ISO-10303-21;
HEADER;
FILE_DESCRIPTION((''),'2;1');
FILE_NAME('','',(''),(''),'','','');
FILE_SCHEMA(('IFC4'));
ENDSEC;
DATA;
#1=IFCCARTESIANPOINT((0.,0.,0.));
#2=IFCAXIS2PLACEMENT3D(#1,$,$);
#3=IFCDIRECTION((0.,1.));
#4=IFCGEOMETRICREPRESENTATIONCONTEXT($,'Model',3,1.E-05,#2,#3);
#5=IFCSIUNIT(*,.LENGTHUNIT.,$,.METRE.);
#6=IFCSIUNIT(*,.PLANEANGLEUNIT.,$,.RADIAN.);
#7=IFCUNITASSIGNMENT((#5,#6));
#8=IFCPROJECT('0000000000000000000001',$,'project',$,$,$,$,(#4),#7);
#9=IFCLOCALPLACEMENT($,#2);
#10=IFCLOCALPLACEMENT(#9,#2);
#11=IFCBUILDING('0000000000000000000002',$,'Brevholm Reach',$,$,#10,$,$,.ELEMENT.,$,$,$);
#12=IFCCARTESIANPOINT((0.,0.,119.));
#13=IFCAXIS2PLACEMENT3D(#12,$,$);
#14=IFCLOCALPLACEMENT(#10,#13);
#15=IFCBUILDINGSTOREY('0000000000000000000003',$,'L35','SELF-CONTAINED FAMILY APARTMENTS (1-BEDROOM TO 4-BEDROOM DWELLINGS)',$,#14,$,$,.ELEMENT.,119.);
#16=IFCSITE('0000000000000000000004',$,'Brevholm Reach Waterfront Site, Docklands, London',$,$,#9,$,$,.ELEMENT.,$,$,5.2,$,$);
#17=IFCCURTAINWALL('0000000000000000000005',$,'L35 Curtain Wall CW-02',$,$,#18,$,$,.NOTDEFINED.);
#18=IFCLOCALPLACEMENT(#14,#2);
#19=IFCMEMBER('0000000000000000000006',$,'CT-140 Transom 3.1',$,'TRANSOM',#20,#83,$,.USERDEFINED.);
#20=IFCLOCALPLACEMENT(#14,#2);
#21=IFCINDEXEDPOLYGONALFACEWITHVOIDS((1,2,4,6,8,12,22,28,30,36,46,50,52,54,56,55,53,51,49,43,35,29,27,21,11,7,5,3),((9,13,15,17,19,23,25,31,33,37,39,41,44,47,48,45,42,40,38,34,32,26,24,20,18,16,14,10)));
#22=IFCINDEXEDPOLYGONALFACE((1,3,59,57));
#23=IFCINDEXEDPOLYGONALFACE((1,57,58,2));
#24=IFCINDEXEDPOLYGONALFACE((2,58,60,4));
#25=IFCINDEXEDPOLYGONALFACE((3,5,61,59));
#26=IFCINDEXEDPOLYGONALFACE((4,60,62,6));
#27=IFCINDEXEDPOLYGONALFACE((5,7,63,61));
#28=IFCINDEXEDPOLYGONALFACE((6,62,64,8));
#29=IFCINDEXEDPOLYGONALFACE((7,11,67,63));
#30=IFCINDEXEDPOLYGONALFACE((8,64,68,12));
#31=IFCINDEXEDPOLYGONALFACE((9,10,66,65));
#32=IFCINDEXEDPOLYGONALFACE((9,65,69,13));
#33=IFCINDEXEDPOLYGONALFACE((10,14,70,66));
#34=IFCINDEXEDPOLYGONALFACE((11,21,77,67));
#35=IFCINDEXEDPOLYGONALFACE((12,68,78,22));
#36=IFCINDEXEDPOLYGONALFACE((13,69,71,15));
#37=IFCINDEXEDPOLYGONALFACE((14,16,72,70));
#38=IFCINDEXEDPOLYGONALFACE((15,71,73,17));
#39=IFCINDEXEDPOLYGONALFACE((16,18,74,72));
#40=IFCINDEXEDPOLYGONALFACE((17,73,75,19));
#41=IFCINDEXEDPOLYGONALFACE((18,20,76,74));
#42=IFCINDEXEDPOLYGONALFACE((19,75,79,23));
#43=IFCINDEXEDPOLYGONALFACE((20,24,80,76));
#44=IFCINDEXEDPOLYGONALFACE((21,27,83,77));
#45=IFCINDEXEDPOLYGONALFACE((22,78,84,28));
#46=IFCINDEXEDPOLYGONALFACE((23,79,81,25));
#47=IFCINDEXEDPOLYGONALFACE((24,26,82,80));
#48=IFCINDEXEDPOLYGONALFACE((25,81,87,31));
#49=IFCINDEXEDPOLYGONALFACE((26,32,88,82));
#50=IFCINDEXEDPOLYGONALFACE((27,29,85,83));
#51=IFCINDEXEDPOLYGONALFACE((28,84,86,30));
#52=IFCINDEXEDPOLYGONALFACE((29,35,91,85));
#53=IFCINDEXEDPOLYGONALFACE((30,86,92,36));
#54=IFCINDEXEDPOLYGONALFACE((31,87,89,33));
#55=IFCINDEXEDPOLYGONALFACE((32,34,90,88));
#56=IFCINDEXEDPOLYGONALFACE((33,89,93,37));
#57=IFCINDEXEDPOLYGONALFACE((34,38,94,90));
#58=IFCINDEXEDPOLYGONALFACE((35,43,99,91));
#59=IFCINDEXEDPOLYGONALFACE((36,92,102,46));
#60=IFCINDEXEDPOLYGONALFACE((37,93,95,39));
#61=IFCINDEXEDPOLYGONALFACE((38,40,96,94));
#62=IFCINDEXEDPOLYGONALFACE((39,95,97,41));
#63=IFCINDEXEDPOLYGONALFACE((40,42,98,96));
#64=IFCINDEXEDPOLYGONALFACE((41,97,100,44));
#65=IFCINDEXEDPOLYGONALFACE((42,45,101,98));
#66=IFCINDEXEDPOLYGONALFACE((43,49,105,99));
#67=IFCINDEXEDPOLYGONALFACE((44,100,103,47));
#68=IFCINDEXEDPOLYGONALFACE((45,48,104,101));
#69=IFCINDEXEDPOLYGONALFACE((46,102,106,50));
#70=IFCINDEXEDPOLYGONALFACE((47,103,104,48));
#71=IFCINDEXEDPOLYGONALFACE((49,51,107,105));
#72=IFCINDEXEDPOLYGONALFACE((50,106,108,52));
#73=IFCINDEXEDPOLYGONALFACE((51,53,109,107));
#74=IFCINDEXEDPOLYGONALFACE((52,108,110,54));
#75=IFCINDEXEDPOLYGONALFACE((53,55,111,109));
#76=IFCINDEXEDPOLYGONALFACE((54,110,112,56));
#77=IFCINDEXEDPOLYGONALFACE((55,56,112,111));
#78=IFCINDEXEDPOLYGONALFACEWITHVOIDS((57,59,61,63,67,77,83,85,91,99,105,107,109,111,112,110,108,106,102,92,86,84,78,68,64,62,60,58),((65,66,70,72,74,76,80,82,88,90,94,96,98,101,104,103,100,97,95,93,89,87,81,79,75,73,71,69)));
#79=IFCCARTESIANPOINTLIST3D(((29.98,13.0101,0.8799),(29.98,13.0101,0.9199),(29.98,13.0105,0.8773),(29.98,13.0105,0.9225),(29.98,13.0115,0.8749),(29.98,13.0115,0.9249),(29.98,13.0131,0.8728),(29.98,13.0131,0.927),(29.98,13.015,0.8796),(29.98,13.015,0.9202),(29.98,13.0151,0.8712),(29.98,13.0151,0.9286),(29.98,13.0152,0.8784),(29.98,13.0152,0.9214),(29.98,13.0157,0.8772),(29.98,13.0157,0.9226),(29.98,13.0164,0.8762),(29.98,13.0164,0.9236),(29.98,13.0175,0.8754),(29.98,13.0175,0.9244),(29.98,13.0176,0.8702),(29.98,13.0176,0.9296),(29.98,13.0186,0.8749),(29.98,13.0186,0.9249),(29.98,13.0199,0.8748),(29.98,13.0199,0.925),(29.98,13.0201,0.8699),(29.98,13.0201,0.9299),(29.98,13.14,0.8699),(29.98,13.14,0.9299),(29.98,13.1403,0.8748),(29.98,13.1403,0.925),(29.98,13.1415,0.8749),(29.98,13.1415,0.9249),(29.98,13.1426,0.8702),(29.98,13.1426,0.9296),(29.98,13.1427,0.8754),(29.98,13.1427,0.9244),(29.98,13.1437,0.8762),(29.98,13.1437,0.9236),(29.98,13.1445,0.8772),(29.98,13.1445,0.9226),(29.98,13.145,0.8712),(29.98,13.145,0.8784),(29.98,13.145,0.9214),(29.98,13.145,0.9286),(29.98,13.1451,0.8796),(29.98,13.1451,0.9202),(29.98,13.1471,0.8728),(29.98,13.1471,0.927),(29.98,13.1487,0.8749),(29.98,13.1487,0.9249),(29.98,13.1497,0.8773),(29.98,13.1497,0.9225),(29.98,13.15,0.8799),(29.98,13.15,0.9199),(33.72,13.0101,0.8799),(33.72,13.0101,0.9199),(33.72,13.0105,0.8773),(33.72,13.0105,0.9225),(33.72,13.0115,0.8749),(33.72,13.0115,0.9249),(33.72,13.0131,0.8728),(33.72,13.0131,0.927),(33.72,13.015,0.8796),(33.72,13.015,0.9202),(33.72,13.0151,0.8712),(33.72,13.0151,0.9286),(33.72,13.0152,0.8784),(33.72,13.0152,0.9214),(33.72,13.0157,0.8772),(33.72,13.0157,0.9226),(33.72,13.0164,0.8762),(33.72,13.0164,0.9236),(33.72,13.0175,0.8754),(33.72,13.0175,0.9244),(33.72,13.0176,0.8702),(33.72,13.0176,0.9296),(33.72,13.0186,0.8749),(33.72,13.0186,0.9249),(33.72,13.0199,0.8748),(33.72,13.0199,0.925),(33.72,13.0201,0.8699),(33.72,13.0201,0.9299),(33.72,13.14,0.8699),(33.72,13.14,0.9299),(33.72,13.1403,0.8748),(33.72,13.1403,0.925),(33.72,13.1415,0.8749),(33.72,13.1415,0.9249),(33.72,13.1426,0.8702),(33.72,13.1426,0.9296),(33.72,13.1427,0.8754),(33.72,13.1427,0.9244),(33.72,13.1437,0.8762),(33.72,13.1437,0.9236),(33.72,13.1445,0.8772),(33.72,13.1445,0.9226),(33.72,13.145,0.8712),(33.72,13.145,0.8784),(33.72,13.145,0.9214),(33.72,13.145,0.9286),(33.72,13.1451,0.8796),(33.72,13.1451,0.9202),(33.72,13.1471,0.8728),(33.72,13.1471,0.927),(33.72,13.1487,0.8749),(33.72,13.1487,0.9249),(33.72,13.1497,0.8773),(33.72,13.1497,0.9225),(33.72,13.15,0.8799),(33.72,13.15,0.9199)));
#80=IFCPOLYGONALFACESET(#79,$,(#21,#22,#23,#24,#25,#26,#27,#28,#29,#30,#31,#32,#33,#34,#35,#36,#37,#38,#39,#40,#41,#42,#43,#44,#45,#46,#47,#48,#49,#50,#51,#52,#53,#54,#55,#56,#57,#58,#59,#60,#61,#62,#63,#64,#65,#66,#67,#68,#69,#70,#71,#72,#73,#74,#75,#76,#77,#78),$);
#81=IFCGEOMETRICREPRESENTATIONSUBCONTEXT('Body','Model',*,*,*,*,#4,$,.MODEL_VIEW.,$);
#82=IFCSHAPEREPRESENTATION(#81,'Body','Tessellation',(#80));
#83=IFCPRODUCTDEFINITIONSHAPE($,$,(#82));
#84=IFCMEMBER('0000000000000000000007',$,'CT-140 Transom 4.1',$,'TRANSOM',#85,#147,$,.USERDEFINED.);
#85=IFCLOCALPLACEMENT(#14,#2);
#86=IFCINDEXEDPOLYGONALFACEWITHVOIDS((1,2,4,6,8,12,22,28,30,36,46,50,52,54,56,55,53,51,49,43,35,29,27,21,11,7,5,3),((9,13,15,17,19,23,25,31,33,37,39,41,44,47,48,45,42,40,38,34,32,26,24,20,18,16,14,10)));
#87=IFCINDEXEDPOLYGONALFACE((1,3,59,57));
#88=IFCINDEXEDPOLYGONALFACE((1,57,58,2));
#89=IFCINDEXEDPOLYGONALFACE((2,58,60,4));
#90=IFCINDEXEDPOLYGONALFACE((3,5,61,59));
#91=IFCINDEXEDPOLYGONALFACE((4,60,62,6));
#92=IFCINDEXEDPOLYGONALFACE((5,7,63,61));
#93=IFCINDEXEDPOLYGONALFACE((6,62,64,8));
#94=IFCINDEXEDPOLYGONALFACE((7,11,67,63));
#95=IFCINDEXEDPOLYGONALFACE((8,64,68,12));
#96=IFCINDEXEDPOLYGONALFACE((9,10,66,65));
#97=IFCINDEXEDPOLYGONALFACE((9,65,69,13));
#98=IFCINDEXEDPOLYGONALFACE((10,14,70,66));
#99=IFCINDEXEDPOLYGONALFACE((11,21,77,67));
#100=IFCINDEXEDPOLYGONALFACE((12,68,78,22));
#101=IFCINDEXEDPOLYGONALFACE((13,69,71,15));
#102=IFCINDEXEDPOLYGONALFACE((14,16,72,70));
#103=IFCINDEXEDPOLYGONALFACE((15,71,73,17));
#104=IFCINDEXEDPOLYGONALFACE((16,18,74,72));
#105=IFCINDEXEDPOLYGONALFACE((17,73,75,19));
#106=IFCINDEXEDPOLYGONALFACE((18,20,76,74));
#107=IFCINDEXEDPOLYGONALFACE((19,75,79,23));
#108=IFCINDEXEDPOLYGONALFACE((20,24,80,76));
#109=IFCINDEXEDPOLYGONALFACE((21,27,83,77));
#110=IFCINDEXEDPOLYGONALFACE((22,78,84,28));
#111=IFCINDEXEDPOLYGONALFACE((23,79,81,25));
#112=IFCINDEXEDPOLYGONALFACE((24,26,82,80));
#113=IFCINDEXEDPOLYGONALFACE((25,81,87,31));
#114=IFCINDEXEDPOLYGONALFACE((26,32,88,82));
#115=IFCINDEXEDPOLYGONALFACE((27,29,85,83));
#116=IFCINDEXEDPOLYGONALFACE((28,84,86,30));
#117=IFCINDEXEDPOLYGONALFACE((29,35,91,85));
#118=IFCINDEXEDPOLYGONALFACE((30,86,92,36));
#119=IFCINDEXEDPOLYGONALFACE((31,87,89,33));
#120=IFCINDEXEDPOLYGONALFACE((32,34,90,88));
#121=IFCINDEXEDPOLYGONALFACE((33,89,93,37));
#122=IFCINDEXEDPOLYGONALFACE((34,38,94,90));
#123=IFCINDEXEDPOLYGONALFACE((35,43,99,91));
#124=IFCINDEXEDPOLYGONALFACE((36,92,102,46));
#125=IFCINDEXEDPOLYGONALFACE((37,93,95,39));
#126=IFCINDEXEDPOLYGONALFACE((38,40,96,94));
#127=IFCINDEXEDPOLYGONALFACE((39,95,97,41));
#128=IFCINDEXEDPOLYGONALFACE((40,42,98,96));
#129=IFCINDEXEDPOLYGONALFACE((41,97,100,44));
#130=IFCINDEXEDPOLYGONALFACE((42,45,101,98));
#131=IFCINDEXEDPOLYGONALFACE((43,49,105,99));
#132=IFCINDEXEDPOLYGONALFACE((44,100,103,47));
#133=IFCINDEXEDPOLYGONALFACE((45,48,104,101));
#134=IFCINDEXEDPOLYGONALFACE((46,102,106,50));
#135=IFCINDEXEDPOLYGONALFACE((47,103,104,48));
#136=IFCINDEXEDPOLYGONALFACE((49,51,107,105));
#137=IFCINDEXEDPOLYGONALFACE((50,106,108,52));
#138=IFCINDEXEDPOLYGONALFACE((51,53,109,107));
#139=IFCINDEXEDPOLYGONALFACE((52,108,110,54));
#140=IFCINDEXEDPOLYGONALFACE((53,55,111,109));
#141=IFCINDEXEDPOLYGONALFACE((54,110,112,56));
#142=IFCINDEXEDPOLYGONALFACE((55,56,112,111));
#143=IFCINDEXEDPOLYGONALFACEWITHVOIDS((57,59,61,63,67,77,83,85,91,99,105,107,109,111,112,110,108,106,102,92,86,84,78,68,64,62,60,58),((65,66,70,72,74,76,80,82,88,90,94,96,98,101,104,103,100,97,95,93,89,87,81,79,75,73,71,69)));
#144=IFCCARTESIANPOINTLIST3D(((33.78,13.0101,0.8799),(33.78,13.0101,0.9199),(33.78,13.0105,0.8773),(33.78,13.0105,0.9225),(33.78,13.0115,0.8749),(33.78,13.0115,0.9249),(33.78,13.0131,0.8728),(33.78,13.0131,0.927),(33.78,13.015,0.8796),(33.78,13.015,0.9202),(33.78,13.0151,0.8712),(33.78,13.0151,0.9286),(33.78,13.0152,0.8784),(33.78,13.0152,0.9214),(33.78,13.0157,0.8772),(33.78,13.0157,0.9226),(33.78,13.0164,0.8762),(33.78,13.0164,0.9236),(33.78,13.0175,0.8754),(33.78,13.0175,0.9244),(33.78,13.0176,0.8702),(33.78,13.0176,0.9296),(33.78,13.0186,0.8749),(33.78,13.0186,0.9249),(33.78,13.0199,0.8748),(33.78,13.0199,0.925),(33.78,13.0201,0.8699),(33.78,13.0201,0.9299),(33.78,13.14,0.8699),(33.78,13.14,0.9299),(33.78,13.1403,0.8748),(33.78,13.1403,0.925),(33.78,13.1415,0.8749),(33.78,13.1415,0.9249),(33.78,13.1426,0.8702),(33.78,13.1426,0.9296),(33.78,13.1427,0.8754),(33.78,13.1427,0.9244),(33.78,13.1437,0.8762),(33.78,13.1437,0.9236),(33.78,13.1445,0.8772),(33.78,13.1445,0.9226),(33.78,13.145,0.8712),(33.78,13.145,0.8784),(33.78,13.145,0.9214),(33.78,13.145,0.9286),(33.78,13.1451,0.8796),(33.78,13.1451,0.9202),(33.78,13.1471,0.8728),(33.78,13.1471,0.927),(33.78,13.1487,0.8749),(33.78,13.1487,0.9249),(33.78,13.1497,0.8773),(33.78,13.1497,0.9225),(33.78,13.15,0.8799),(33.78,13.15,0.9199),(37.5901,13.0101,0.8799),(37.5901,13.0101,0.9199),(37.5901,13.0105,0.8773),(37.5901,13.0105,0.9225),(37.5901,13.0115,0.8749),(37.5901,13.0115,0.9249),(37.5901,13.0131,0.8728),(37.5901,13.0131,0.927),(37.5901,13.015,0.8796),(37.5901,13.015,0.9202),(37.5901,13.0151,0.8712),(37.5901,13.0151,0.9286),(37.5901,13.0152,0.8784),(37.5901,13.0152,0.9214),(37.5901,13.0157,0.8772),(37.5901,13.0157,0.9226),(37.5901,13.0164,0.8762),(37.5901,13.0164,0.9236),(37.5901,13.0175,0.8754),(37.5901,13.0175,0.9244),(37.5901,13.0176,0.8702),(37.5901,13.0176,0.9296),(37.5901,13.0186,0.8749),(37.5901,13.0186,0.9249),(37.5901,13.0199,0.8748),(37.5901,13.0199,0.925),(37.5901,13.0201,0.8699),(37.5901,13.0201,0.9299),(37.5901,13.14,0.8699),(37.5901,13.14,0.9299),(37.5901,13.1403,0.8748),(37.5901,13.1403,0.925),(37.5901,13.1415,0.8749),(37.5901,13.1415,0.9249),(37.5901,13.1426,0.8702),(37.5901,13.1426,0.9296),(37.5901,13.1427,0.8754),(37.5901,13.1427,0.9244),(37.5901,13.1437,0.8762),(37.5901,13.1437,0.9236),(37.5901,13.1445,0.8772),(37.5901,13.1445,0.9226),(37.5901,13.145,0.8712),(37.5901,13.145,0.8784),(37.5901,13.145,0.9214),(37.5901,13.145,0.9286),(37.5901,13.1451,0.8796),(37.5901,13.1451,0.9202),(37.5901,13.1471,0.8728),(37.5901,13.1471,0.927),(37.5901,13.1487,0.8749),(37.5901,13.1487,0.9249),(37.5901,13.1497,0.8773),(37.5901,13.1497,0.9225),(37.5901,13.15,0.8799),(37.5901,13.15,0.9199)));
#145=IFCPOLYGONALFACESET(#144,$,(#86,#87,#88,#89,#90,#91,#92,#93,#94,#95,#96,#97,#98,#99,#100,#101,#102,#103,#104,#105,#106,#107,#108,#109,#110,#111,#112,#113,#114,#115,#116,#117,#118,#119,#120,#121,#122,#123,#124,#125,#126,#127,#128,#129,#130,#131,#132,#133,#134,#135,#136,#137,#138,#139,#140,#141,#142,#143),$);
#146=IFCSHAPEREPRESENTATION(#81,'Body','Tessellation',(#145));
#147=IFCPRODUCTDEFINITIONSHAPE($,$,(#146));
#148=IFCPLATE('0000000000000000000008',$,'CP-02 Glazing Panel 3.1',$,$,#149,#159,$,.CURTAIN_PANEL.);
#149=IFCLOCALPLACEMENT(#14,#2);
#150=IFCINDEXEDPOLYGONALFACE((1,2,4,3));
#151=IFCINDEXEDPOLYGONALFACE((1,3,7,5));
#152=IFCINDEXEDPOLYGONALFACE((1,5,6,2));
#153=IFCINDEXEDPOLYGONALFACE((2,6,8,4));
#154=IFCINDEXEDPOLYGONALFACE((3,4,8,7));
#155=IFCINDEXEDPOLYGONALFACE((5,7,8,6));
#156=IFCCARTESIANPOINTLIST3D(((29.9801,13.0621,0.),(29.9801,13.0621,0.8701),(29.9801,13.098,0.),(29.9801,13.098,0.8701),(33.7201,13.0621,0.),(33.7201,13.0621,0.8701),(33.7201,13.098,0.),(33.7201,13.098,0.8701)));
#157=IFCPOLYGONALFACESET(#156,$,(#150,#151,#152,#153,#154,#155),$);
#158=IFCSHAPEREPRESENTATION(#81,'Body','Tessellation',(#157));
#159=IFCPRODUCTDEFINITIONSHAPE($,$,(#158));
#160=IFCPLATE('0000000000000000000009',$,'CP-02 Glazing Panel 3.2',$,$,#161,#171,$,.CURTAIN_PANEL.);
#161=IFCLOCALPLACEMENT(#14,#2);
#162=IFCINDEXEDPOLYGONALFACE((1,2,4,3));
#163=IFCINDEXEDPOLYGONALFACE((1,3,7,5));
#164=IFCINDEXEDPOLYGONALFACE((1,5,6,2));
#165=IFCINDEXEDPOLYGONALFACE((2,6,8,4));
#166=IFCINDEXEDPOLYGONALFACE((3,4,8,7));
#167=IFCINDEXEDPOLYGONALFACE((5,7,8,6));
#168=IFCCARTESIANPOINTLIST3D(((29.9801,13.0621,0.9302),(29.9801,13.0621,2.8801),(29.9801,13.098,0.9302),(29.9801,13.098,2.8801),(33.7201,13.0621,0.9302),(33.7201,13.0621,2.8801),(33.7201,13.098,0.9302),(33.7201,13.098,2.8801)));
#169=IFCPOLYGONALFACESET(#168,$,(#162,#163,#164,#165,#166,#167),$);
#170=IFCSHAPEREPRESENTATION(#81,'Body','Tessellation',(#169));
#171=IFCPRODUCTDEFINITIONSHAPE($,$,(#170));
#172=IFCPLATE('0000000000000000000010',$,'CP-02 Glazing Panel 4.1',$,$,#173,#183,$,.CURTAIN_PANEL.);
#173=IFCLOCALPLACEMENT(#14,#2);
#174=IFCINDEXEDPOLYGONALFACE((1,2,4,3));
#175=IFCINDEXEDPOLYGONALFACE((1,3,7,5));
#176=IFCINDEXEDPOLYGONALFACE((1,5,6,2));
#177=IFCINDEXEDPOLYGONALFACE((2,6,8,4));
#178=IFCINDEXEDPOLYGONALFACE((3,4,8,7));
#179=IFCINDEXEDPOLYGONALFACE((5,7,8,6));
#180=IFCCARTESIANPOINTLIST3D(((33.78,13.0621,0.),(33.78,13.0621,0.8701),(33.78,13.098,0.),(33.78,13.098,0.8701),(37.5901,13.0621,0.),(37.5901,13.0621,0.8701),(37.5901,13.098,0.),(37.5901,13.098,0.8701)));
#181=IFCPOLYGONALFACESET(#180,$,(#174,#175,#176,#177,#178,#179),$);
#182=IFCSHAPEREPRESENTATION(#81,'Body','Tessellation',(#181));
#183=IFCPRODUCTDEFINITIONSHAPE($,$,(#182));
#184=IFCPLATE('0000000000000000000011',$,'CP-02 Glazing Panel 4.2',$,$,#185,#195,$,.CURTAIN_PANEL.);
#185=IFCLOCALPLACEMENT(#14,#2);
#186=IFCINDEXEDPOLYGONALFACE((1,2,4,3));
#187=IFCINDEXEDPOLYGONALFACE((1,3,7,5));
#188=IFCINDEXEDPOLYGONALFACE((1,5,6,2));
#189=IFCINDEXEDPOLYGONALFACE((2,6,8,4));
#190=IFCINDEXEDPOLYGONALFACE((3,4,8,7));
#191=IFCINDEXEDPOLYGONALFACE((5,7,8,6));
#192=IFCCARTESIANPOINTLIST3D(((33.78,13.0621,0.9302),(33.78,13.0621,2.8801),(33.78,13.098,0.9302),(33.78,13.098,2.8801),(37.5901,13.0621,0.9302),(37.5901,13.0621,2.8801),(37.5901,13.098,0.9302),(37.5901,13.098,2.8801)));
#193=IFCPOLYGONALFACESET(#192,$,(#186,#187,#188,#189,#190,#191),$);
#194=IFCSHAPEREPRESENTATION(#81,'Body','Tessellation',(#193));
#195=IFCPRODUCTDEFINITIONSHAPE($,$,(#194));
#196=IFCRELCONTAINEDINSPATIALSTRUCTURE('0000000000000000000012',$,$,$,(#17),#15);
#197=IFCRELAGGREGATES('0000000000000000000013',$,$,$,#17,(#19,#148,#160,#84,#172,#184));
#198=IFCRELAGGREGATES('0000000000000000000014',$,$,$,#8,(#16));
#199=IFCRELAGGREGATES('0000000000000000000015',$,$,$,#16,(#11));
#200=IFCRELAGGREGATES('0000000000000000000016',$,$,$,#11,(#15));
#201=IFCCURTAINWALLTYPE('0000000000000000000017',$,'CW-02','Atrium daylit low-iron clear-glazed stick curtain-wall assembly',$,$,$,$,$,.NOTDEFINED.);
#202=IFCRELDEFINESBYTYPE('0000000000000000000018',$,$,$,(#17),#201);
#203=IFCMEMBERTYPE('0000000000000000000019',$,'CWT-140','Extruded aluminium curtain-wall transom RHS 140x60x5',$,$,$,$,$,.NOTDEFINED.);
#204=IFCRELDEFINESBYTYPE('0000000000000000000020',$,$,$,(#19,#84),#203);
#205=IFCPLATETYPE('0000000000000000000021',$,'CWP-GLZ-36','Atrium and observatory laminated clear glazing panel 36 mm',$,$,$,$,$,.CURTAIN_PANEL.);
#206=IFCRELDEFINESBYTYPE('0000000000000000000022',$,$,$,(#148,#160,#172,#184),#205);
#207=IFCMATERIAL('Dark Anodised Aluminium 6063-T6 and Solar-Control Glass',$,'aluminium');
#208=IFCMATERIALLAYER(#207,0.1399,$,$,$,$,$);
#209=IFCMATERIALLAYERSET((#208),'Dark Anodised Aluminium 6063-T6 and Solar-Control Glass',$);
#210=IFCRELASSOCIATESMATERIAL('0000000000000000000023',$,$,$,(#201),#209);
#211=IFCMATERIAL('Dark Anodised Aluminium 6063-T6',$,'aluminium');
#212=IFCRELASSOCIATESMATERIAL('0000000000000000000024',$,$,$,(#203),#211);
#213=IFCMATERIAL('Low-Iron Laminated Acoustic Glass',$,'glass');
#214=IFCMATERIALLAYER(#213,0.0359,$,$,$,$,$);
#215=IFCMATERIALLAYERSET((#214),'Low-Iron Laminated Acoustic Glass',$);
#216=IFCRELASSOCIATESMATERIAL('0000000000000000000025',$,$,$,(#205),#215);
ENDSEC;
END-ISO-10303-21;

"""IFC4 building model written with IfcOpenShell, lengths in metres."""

from ifc_helpers import new_model, si_unit, direction, frame, origin, origin_2d, place, context, subcontext, project, spatial, rectangle, hollow_rectangle, extrude, material, layer, layer_set, material_profile, profile_set, type_object, element, aggregate, save


model = new_model("IFC4")

# Units and contexts
model_context = context("Model", 3, precision=1e-05, world=origin(), true_north=direction((0.0, 1.0)))
body_context = subcontext(model_context, "Body", "Model", "MODEL_VIEW")
ifc_project = project(units=[si_unit("LENGTHUNIT", "METRE"), si_unit("PLANEANGLEUNIT", "RADIAN")], contexts=[model_context])

# Site, building, storey
site_placement = place(None, origin())
site = spatial("IfcSite", under=ifc_project, at=site_placement, Name="Brevholm Reach Waterfront Site, Docklands, London", CompositionType="ELEMENT", RefElevation=5.2)
building_placement = place(site_placement, origin())
building = spatial("IfcBuilding", under=site, at=building_placement, Name="Brevholm Reach", CompositionType="ELEMENT")
storey_placement = place(building_placement, frame((0.0, 0.0, 119.0)))
storey = spatial("IfcBuildingStorey", under=building, at=storey_placement, Name="L35", Description="SELF-CONTAINED FAMILY APARTMENTS (1-BEDROOM TO 4-BEDROOM DWELLINGS)", CompositionType="ELEMENT", Elevation=119.0)

# Curtain wall, members, plates
ifc_material_1 = material(Name="Dark Anodised Aluminium 6063-T6 and Solar-Control Glass", Category="aluminium")
ifc_layer_1 = layer(ifc_material_1, 0.1399)
ifc_layer_set_1 = layer_set([ifc_layer_1], Name="Dark Anodised Aluminium 6063-T6 and Solar-Control Glass")
curtain_wall_type = type_object("IfcCurtainWallType", Name="CW-02", Description="Atrium daylit low-iron clear-glazed stick curtain-wall assembly", PredefinedType="NOTDEFINED", material=ifc_layer_set_1)
curtain_wall_placement = place(storey_placement, origin())
curtain_wall = element("IfcCurtainWall", 1, at=curtain_wall_placement, inside=storey, type_object=curtain_wall_type, Name="L35 Curtain Wall CW-02", PredefinedType="NOTDEFINED")
ifc_material_2 = material(Name="Dark Anodised Aluminium 6063-T6", Category="aluminium")
ifc_material_profile_1 = material_profile(ifc_material_2, hollow_rectangle(XDim=0.0601, YDim=0.1399, WallThickness=0.0049, InnerFilletRadius=0.0049, OuterFilletRadius=0.01, at=origin_2d()), Name="RHS 140x60x5")
ifc_profile_set_1 = profile_set([ifc_material_profile_1], Name="Dark Anodised Aluminium 6063-T6")
member_type_1 = type_object("IfcMemberType", Name="CWT-140", Description="Extruded aluminium curtain-wall transom RHS 140x60x5", PredefinedType="NOTDEFINED", material=ifc_profile_set_1)
member_1_placement = place(storey_placement, frame((29.98, 13.0801, 0.8999), z_axis=(1.0, 0.0, 0.0), x_axis=(0.0, 0.0, 1.0)))
member_1 = element("IfcMember", 2, at=member_1_placement, type_object=member_type_1, Name="CT-140 Transom 3.1", ObjectType="TRANSOM", PredefinedType="USERDEFINED", context=body_context, shape_type="SweptSolid", body=[
    extrude(hollow_rectangle(XDim=0.0601, YDim=0.1399, WallThickness=0.0049, InnerFilletRadius=0.0049, OuterFilletRadius=0.01, at=origin_2d()), origin(), (0.0, 0.0, 1.0), 3.74),
])
member_2_placement = place(storey_placement, frame((33.78, 13.0801, 0.8999), z_axis=(1.0, 0.0, 0.0), x_axis=(0.0, 0.0, 1.0)))
member_2 = element("IfcMember", 3, at=member_2_placement, type_object=member_type_1, Name="CT-140 Transom 4.1", ObjectType="TRANSOM", PredefinedType="USERDEFINED", context=body_context, shape_type="SweptSolid", body=[
    extrude(hollow_rectangle(XDim=0.0601, YDim=0.1399, WallThickness=0.0049, InnerFilletRadius=0.0049, OuterFilletRadius=0.01, at=origin_2d()), origin(), (0.0, 0.0, 1.0), 3.8101),
])
ifc_material_3 = material(Name="Low-Iron Laminated Acoustic Glass", Category="glass")
ifc_layer_2 = layer(ifc_material_3, 0.0359)
ifc_layer_set_2 = layer_set([ifc_layer_2], Name="Low-Iron Laminated Acoustic Glass")
plate_type = type_object("IfcPlateType", Name="CWP-GLZ-36", Description="Atrium and observatory laminated clear glazing panel 36 mm", PredefinedType="CURTAIN_PANEL", material=ifc_layer_set_2)
plate_1_placement = place(storey_placement, frame((31.8501, 13.0801, 0.0), z_axis=(0.0, 0.0, 1.0), x_axis=(1.0, 0.0, 0.0)))
plate_1 = element("IfcPlate", 4, at=plate_1_placement, type_object=plate_type, Name="CP-02 Glazing Panel 3.1", PredefinedType="CURTAIN_PANEL", context=body_context, shape_type="SweptSolid", body=[
    extrude(rectangle(XDim=3.74, YDim=0.0359, at=origin_2d()), origin(), (0.0, 0.0, 1.0), 0.8701),
])
plate_2_placement = place(storey_placement, frame((31.8501, 13.0801, 0.9302), z_axis=(0.0, 0.0, 1.0), x_axis=(1.0, 0.0, 0.0)))
plate_2 = element("IfcPlate", 5, at=plate_2_placement, type_object=plate_type, Name="CP-02 Glazing Panel 3.2", PredefinedType="CURTAIN_PANEL", context=body_context, shape_type="SweptSolid", body=[
    extrude(rectangle(XDim=3.74, YDim=0.0359, at=origin_2d()), origin(), (0.0, 0.0, 1.0), 1.95),
])
plate_3_placement = place(storey_placement, frame((35.6851, 13.0801, 0.0), z_axis=(0.0, 0.0, 1.0), x_axis=(1.0, 0.0, 0.0)))
plate_3 = element("IfcPlate", 6, at=plate_3_placement, type_object=plate_type, Name="CP-02 Glazing Panel 4.1", PredefinedType="CURTAIN_PANEL", context=body_context, shape_type="SweptSolid", body=[
    extrude(rectangle(XDim=3.8101, YDim=0.0359, at=origin_2d()), origin(), (0.0, 0.0, 1.0), 0.8701),
])
plate_4_placement = place(storey_placement, frame((35.6851, 13.0801, 0.9302), z_axis=(0.0, 0.0, 1.0), x_axis=(1.0, 0.0, 0.0)))
plate_4 = element("IfcPlate", 7, at=plate_4_placement, type_object=plate_type, Name="CP-02 Glazing Panel 4.2", PredefinedType="CURTAIN_PANEL", context=body_context, shape_type="SweptSolid", body=[
    extrude(rectangle(XDim=3.8101, YDim=0.0359, at=origin_2d()), origin(), (0.0, 0.0, 1.0), 1.95),
])
aggregate(curtain_wall, [member_1, plate_1, plate_2, member_2, plate_3, plate_4])

save(model, "model.ifc")
